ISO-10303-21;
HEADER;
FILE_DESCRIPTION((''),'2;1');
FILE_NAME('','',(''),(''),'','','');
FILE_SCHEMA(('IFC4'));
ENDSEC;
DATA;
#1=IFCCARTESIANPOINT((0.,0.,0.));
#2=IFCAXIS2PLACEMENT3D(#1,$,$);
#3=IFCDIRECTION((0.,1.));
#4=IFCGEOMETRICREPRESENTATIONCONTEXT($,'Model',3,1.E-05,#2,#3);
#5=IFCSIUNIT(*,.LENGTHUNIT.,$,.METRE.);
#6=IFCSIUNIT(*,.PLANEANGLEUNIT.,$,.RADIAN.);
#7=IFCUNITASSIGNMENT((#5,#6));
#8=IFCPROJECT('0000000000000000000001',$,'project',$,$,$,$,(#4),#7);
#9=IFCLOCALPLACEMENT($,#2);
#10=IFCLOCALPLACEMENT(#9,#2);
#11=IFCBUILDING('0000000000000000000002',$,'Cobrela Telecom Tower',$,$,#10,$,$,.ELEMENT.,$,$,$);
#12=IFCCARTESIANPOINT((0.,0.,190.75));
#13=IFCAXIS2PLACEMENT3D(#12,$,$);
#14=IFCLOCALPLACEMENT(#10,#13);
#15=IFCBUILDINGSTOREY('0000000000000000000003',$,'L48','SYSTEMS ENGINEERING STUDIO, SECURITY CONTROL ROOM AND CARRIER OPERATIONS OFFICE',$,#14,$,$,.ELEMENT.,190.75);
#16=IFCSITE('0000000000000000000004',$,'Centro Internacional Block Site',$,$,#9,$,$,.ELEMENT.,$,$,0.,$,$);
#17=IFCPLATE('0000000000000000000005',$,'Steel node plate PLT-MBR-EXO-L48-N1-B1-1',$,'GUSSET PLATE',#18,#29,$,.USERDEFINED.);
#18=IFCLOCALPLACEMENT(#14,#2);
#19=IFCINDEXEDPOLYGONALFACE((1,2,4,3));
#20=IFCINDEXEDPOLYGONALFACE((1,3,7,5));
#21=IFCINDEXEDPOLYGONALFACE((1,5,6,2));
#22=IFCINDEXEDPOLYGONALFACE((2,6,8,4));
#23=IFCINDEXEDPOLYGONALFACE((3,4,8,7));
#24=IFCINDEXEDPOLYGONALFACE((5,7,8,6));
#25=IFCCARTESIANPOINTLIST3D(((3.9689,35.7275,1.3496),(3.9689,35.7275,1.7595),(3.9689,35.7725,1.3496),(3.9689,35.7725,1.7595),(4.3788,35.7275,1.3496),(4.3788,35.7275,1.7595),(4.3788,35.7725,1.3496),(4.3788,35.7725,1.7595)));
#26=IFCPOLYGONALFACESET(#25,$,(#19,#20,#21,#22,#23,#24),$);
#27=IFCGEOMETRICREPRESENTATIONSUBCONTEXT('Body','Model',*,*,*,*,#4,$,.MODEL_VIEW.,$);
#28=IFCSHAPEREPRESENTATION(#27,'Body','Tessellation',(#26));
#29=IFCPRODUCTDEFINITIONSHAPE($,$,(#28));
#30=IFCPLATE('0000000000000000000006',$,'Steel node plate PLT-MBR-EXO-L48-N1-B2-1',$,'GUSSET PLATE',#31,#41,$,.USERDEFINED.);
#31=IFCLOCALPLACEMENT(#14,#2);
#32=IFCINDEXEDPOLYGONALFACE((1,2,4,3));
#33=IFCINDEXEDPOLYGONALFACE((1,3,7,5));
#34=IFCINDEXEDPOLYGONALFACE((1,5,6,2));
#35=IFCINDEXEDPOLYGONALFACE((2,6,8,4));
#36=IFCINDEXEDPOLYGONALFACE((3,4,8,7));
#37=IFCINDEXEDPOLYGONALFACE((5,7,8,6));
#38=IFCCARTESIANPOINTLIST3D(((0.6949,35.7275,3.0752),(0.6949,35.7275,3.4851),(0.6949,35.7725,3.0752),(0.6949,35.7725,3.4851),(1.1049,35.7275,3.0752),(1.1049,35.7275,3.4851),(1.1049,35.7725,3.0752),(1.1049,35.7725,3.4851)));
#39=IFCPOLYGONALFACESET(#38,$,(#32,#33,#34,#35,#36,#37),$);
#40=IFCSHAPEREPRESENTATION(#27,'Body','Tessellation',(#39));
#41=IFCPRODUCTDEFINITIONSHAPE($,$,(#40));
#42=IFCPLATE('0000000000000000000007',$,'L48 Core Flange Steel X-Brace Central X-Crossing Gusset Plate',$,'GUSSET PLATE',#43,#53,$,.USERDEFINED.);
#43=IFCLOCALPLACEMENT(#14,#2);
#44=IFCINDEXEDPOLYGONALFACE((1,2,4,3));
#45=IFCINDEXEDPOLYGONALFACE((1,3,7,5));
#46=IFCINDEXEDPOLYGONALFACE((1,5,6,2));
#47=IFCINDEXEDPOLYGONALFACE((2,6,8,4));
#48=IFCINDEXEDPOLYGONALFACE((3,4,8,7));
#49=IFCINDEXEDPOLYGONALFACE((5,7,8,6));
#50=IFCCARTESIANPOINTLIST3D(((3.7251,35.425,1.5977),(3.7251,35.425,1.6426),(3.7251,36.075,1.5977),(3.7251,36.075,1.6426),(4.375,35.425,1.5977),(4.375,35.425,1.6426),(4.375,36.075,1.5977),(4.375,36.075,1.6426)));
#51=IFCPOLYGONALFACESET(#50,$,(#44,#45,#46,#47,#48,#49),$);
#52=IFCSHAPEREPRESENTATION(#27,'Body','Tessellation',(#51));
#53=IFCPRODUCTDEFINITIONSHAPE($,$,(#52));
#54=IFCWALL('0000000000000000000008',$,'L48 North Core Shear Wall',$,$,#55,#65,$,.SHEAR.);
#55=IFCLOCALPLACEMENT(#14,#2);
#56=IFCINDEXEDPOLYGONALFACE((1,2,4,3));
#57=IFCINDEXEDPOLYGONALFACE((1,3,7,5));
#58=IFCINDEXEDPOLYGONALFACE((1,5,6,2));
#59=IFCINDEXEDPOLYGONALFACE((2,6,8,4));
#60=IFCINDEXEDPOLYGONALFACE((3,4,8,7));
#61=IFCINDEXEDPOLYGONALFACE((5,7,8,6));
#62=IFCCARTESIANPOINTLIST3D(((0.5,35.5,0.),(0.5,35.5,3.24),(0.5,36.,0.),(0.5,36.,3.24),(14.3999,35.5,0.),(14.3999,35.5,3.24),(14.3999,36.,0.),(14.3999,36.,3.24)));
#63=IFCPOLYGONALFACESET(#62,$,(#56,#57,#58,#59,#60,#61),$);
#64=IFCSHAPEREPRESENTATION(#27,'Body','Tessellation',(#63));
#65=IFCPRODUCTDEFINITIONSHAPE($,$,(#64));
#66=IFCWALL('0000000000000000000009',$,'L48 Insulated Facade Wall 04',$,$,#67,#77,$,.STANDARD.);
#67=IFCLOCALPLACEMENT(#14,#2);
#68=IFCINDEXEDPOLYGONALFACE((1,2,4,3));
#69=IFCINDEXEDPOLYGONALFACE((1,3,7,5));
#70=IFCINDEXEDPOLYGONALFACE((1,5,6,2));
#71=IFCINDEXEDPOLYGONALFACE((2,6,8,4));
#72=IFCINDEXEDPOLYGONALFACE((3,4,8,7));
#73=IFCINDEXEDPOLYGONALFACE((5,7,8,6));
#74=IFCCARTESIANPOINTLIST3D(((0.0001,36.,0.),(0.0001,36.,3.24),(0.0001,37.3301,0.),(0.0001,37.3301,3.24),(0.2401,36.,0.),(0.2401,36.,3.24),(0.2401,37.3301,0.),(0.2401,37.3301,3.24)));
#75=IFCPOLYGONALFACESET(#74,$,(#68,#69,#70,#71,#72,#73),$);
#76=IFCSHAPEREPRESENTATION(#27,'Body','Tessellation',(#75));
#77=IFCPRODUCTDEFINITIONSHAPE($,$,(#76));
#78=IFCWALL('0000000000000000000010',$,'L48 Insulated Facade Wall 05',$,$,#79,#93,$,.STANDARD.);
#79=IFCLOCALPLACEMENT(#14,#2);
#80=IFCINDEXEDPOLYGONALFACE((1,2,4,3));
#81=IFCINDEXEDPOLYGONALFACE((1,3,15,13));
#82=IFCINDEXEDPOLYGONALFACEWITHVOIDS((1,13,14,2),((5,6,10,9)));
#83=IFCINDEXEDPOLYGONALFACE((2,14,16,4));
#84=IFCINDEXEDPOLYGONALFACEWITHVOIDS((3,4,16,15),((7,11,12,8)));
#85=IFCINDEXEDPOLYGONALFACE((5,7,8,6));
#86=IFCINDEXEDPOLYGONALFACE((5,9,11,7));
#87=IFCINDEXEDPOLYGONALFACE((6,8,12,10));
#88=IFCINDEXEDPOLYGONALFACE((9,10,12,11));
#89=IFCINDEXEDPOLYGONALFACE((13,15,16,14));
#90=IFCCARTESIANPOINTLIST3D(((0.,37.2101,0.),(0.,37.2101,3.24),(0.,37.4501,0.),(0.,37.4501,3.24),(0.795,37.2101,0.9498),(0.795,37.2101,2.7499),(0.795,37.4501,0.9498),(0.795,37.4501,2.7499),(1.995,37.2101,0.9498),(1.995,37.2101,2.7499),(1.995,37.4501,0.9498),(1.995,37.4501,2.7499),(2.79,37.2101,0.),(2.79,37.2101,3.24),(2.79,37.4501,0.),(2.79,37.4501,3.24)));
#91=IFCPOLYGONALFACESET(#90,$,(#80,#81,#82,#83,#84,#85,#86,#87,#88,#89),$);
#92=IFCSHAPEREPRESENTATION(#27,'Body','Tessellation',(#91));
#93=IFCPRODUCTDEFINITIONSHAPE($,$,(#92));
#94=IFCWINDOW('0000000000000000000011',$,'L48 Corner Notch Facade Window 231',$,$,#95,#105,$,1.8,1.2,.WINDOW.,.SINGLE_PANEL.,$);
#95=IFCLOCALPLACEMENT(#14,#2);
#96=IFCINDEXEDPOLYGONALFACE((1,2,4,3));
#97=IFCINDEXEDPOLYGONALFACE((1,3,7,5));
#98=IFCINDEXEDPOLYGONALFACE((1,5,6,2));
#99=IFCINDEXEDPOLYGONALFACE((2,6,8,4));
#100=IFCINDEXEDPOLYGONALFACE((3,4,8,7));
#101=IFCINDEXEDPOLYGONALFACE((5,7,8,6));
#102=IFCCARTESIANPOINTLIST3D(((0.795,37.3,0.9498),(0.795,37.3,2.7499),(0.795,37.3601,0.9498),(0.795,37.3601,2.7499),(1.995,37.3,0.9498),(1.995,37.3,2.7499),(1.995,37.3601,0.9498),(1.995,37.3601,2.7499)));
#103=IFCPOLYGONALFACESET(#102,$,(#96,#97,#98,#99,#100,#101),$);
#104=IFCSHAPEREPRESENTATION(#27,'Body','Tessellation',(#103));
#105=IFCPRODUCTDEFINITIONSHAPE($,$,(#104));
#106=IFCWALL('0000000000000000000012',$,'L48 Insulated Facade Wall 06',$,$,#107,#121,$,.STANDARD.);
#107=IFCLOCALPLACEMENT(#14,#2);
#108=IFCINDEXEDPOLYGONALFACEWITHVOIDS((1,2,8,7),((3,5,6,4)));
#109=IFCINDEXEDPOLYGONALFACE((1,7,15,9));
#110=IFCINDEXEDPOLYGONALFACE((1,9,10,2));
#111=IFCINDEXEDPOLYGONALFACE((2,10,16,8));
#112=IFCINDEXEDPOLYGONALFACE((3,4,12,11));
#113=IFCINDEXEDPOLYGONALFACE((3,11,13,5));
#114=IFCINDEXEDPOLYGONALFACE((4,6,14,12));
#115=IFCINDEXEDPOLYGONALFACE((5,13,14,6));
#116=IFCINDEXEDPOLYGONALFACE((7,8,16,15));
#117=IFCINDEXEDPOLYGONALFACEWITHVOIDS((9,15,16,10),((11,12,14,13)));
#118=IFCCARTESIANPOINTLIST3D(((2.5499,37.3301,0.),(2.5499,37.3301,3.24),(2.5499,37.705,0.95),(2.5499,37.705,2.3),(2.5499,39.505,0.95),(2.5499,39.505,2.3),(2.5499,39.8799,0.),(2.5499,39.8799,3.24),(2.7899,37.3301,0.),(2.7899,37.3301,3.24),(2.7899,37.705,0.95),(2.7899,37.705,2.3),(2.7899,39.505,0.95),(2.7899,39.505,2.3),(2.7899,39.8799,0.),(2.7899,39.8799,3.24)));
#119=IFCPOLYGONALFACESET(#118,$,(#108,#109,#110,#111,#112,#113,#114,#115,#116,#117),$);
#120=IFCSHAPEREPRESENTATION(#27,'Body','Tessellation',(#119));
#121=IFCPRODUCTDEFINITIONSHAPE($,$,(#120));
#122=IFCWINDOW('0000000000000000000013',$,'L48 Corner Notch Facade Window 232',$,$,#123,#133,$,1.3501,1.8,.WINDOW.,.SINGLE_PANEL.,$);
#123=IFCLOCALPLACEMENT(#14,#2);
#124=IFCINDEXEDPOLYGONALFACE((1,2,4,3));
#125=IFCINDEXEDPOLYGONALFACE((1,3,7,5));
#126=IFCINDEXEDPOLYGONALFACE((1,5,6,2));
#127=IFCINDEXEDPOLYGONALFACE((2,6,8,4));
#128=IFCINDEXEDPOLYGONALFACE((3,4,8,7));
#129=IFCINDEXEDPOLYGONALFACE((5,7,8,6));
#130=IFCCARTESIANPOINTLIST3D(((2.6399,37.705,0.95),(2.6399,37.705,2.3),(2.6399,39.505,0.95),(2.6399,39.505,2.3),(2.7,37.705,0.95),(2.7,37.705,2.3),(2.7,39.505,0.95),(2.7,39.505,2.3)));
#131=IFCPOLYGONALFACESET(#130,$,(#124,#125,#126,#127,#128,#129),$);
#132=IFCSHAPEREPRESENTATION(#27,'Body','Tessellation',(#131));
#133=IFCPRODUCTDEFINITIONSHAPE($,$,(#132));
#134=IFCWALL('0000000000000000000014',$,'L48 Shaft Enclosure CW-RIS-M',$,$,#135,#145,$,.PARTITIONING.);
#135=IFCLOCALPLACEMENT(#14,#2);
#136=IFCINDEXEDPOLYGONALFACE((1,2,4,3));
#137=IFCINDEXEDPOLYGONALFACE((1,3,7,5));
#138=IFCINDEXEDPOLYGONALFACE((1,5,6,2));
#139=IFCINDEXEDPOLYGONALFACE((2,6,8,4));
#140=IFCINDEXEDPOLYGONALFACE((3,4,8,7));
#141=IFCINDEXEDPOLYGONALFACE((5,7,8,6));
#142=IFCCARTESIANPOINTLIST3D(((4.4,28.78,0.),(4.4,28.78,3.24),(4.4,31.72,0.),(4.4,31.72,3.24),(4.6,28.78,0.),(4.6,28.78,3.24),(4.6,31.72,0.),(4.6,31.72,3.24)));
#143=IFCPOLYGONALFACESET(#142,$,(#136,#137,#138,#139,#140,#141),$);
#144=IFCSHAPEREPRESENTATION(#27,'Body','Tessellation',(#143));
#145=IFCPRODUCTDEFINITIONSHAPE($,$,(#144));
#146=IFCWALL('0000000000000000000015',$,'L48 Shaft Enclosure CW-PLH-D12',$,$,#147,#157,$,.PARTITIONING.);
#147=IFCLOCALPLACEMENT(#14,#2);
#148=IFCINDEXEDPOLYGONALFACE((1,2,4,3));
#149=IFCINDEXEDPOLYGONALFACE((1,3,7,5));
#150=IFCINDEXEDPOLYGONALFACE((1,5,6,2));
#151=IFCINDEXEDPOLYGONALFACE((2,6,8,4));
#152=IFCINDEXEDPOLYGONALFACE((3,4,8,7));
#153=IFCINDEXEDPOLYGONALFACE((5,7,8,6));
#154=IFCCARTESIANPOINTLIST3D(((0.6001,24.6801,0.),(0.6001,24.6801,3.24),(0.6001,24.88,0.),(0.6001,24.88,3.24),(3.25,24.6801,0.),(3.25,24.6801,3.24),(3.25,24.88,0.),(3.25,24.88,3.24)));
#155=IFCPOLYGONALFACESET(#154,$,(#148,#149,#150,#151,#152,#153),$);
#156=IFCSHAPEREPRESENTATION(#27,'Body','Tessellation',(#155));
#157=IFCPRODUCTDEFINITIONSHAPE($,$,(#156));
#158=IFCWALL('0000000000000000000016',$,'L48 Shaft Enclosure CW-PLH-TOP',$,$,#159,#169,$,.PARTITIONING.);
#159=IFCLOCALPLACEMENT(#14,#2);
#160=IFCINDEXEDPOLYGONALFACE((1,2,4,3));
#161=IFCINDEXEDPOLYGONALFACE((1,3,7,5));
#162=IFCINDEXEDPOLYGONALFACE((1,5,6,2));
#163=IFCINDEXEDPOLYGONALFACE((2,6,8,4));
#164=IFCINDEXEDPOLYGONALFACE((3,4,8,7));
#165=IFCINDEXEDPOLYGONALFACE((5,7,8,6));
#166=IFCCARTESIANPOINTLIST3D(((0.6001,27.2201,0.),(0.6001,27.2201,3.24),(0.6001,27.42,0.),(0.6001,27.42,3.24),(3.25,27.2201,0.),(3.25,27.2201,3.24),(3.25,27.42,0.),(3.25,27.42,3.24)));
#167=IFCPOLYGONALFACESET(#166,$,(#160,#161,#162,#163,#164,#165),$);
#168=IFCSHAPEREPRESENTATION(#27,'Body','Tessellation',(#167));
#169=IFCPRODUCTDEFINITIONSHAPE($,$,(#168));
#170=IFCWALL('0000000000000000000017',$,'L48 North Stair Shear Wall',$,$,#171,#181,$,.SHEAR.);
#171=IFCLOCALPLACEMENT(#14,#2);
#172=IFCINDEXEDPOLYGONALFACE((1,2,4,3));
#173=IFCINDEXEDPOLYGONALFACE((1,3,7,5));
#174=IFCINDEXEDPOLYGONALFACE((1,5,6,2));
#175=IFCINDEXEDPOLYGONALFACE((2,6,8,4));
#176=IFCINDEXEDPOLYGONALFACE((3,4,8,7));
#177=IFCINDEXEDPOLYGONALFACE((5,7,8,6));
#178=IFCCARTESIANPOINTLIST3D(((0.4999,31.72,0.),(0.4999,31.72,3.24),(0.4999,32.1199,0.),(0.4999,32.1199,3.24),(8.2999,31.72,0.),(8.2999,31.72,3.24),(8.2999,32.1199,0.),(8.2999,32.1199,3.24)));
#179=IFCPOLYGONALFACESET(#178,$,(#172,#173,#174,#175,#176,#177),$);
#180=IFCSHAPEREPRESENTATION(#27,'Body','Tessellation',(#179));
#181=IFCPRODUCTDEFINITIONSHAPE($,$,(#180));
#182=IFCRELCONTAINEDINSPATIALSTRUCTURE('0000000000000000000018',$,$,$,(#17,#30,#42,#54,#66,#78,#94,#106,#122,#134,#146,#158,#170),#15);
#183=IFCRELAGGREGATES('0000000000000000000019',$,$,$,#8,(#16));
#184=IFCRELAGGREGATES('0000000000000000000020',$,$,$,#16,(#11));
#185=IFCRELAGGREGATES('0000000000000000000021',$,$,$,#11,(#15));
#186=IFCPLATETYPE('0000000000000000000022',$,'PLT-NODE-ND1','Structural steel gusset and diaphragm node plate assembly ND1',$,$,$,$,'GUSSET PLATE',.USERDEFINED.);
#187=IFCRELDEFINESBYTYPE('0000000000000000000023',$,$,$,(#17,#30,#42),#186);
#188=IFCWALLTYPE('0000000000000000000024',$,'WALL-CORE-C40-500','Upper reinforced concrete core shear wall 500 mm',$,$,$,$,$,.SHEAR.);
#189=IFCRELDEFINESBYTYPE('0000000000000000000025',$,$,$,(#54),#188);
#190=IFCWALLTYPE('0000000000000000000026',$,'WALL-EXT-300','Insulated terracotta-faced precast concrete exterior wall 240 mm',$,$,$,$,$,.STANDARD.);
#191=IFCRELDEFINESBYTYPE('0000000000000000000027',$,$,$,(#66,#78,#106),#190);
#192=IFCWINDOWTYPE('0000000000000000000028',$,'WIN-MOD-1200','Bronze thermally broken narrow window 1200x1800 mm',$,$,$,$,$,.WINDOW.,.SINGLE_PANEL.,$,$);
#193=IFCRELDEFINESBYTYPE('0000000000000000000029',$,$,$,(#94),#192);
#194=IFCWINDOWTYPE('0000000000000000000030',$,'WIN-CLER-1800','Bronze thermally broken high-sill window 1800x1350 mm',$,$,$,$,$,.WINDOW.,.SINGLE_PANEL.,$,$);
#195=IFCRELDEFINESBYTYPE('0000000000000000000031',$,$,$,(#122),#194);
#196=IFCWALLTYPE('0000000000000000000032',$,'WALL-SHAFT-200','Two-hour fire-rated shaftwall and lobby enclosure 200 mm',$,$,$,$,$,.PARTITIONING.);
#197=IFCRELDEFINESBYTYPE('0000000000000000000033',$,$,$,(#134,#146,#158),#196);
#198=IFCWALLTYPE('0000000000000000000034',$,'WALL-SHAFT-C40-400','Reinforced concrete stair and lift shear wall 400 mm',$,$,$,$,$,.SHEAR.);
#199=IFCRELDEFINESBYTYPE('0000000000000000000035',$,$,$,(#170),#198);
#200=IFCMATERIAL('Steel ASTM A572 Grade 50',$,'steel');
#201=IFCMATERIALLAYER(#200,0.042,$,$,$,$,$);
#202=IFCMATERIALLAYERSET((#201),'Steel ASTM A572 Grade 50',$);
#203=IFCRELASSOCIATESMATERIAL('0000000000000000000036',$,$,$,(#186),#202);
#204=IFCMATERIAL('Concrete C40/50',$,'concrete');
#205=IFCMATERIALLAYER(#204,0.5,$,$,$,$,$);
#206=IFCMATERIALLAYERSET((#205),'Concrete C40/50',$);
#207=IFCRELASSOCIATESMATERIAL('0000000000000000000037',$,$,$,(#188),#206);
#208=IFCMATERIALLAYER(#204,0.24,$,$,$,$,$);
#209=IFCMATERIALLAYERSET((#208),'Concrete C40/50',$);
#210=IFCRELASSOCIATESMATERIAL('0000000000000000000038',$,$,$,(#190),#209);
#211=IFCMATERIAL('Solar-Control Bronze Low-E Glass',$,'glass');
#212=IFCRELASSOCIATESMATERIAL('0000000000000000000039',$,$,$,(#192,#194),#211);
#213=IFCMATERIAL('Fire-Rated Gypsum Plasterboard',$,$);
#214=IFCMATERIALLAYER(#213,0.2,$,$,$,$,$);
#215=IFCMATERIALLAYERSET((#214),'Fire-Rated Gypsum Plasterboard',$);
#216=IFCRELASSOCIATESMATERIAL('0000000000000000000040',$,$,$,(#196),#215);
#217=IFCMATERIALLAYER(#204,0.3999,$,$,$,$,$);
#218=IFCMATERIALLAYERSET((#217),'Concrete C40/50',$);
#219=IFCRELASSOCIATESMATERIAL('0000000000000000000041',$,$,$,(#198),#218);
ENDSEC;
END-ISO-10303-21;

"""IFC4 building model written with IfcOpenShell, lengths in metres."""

from ifc_helpers import new_model, si_unit, direction, frame, frame_2d, origin, origin_2d, place, context, subcontext, project, spatial, rectangle, extrude, material, layer, layer_set, type_object, element, fill, save


model = new_model("IFC4")

# Units and contexts
model_context = context("Model", 3, precision=1e-05, world=origin(), true_north=direction((0.0, 1.0)))
body_context = subcontext(model_context, "Body", "Model", "MODEL_VIEW")
ifc_project = project(units=[si_unit("LENGTHUNIT", "METRE"), si_unit("PLANEANGLEUNIT", "RADIAN")], contexts=[model_context])

# Site, building, storey
site_placement = place(None, origin())
site = spatial("IfcSite", under=ifc_project, at=site_placement, Name="Centro Internacional Block Site", CompositionType="ELEMENT", RefElevation=0.0)
building_placement = place(site_placement, origin())
building = spatial("IfcBuilding", under=site, at=building_placement, Name="Cobrela Telecom Tower", CompositionType="ELEMENT")
storey_placement = place(building_placement, frame((0.0, 0.0, 190.75)))
storey = spatial("IfcBuildingStorey", under=building, at=storey_placement, Name="L48", Description="SYSTEMS ENGINEERING STUDIO, SECURITY CONTROL ROOM AND CARRIER OPERATIONS OFFICE", CompositionType="ELEMENT", Elevation=190.75)

# Shared definitions
ifc_material_1 = material(Name="Steel ASTM A572 Grade 50", Category="steel")

# Shared definitions
ifc_material_2 = material(Name="Solar-Control Bronze Low-E Glass", Category="glass")

# Plates
ifc_layer_1 = layer(ifc_material_1, 0.042)
ifc_layer_set_1 = layer_set([ifc_layer_1], Name="Steel ASTM A572 Grade 50")
plate_type_1 = type_object("IfcPlateType", Name="PLT-NODE-ND1", Description="Structural steel gusset and diaphragm node plate assembly ND1", ElementType="GUSSET PLATE", PredefinedType="USERDEFINED", material=ifc_layer_set_1)
for number, where, z_axis, x_axis, name in (
    (1, (4.1738, 35.75, 1.3496), (0.0, 0.0, 1.0), (-1.0, 0.0, 0.0), "Steel node plate PLT-MBR-EXO-L48-N1-B1-1"),
    (2, (0.8999, 35.75, 3.0752), (0.0, 0.0, 1.0), (-1.0, 0.0, 0.0), "Steel node plate PLT-MBR-EXO-L48-N1-B2-1"),
):
    element("IfcPlate", number, at=place(storey_placement, frame(where, z_axis=z_axis, x_axis=x_axis)), inside=storey, type_object=plate_type_1, Name=name, ObjectType="GUSSET PLATE", PredefinedType="USERDEFINED", context=body_context, shape_type="SweptSolid", body=[
        extrude(rectangle(XDim=0.4099, YDim=0.0449, at=origin_2d()), origin(), (0.0, 0.0, 1.0), 0.4099),
    ])
plate_1_placement = place(storey_placement, frame((4.05, 35.75, 1.5977), z_axis=(0.0, 0.0, 1.0), x_axis=(1.0, 0.0, 0.0)))
element("IfcPlate", 3, at=plate_1_placement, inside=storey, type_object=plate_type_1, Name="L48 Core Flange Steel X-Brace Central X-Crossing Gusset Plate", ObjectType="GUSSET PLATE", PredefinedType="USERDEFINED", context=body_context, shape_type="SweptSolid", body=[
    extrude(rectangle(XDim=0.6499, YDim=0.6499, at=origin_2d()), origin(), (0.0, 0.0, 1.0), 0.0449),
])

# Walls
ifc_material_3 = material(Name="Concrete C40/50", Category="concrete")
ifc_layer_2 = layer(ifc_material_3, 0.5)
ifc_layer_set_2 = layer_set([ifc_layer_2], Name="Concrete C40/50")
wall_type_1 = type_object("IfcWallType", Name="WALL-CORE-C40-500", Description="Upper reinforced concrete core shear wall 500 mm", PredefinedType="SHEAR", material=ifc_layer_set_2)
wall_1_placement = place(storey_placement, frame((0.5, 35.75, 0.0), z_axis=(0.0, 0.0, 1.0), x_axis=(1.0, 0.0, 0.0)))
element("IfcWall", 4, at=wall_1_placement, inside=storey, type_object=wall_type_1, Name="L48 North Core Shear Wall", PredefinedType="SHEAR", context=body_context, shape_type="SweptSolid", body=[
    extrude(rectangle(XDim=13.8999, YDim=0.5, at=frame_2d((6.95, 0.0))), origin(), (0.0, 0.0, 1.0), 3.24),
])
ifc_layer_3 = layer(ifc_material_3, 0.24)
ifc_layer_set_3 = layer_set([ifc_layer_3], Name="Concrete C40/50")
wall_type_2 = type_object("IfcWallType", Name="WALL-EXT-300", Description="Insulated terracotta-faced precast concrete exterior wall 240 mm", PredefinedType="STANDARD", material=ifc_layer_set_3)
wall_2_placement = place(storey_placement, frame((0.1201, 36.0, 0.0), z_axis=(0.0, 0.0, 1.0), x_axis=(0.0, 1.0, 0.0)))
element("IfcWall", 5, at=wall_2_placement, inside=storey, type_object=wall_type_2, Name="L48 Insulated Facade Wall 04", PredefinedType="STANDARD", context=body_context, shape_type="SweptSolid", body=[
    extrude(rectangle(XDim=1.3301, YDim=0.24, at=frame_2d((0.665, 0.0))), origin(), (0.0, 0.0, 1.0), 3.24),
])

# Walls, openings, windows
wall_3_placement = place(storey_placement, frame((0.0, 37.3301, 0.0), z_axis=(0.0, 0.0, 1.0), x_axis=(1.0, 0.0, 0.0)))
wall_3 = element("IfcWall", 6, at=wall_3_placement, inside=storey, type_object=wall_type_2, Name="L48 Insulated Facade Wall 05", PredefinedType="STANDARD", context=body_context, shape_type="SweptSolid", body=[
    extrude(rectangle(XDim=2.79, YDim=0.24, at=frame_2d((1.395, 0.0))), origin(), (0.0, 0.0, 1.0), 3.24),
])
opening_1_placement = place(wall_3_placement, frame((0.7949, 0.0, 0.95)))
opening_1 = element("IfcOpeningElement", 7, at=opening_1_placement, cuts=wall_3, PredefinedType="OPENING", context=body_context, shape_type="SweptSolid", body=[
    extrude(rectangle(XDim=1.2, YDim=1.8, at=frame_2d((0.6001, 0.8999))), frame((0.0, 0.1318, 0.0), z_axis=(0.0, -1.0, 0.0), x_axis=(1.0, 0.0, 0.0)), (0.0, 0.0, 1.0), 0.2639),
])
window_type_1 = type_object("IfcWindowType", Name="WIN-MOD-1200", Description="Bronze thermally broken narrow window 1200x1800 mm", PartitioningType="SINGLE_PANEL", PredefinedType="WINDOW", material=ifc_material_2)
window_1_placement = place(opening_1_placement, origin())
window_1 = element("IfcWindow", 8, at=window_1_placement, inside=storey, type_object=window_type_1, Name="L48 Corner Notch Facade Window 231", OverallHeight=1.8, OverallWidth=1.2, PartitioningType="SINGLE_PANEL", PredefinedType="WINDOW", context=body_context, shape_type="SweptSolid", body=[
    extrude(rectangle(XDim=1.2, YDim=1.8, at=frame_2d((0.6001, 0.8999))), frame((0.0, 0.03, 0.0), z_axis=(0.0, -1.0, 0.0), x_axis=(1.0, 0.0, 0.0)), (0.0, 0.0, 1.0), 0.0601),
])
fill(opening_1, window_1)
wall_4_placement = place(storey_placement, frame((2.6699, 37.3301, 0.0), z_axis=(0.0, 0.0, 1.0), x_axis=(0.0, 1.0, 0.0)))
wall_4 = element("IfcWall", 9, at=wall_4_placement, inside=storey, type_object=wall_type_2, Name="L48 Insulated Facade Wall 06", PredefinedType="STANDARD", context=body_context, shape_type="SweptSolid", body=[
    extrude(rectangle(XDim=2.5498, YDim=0.24, at=frame_2d((1.2749, 0.0))), origin(), (0.0, 0.0, 1.0), 3.24),
])
opening_2_placement = place(wall_4_placement, frame((0.375, 0.0, 0.95)))
opening_2 = element("IfcOpeningElement", 10, at=opening_2_placement, cuts=wall_4, PredefinedType="OPENING", context=body_context, shape_type="SweptSolid", body=[
    extrude(rectangle(XDim=1.8, YDim=1.3501, at=frame_2d((0.8999, 0.675))), frame((0.0, 0.1318, 0.0), z_axis=(0.0, -1.0, 0.0), x_axis=(1.0, 0.0, 0.0)), (0.0, 0.0, 1.0), 0.2639),
])
window_type_2 = type_object("IfcWindowType", Name="WIN-CLER-1800", Description="Bronze thermally broken high-sill window 1800x1350 mm", PartitioningType="SINGLE_PANEL", PredefinedType="WINDOW", material=ifc_material_2)
window_2_placement = place(opening_2_placement, origin())
window_2 = element("IfcWindow", 11, at=window_2_placement, inside=storey, type_object=window_type_2, Name="L48 Corner Notch Facade Window 232", OverallHeight=1.3501, OverallWidth=1.8, PartitioningType="SINGLE_PANEL", PredefinedType="WINDOW", context=body_context, shape_type="SweptSolid", body=[
    extrude(rectangle(XDim=1.8, YDim=1.3501, at=frame_2d((0.8999, 0.675))), frame((0.0, 0.03, 0.0), z_axis=(0.0, -1.0, 0.0), x_axis=(1.0, 0.0, 0.0)), (0.0, 0.0, 1.0), 0.0601),
])
fill(opening_2, window_2)

# Shared definitions
ifc_material_4 = material(Name="Fire-Rated Gypsum Plasterboard")
ifc_layer_4 = layer(ifc_material_4, 0.2)
ifc_layer_set_4 = layer_set([ifc_layer_4], Name="Fire-Rated Gypsum Plasterboard")
wall_type_3 = type_object("IfcWallType", Name="WALL-SHAFT-200", Description="Two-hour fire-rated shaftwall and lobby enclosure 200 mm", PredefinedType="PARTITIONING", material=ifc_layer_set_4)

# Walls
wall_5_placement = place(storey_placement, frame((4.5, 28.78, 0.0), z_axis=(0.0, 0.0, 1.0), x_axis=(0.0, 1.0, 0.0)))
element("IfcWall", 12, at=wall_5_placement, inside=storey, type_object=wall_type_3, Name="L48 Shaft Enclosure CW-RIS-M", PredefinedType="PARTITIONING", context=body_context, shape_type="SweptSolid", body=[
    extrude(rectangle(XDim=2.9399, YDim=0.2, at=frame_2d((1.47, 0.0))), origin(), (0.0, 0.0, 1.0), 3.24),
])
for number, where, z_axis, x_axis, name in (
    (13, (0.6001, 24.78, 0.0), (0.0, 0.0, 1.0), (1.0, 0.0, 0.0), "L48 Shaft Enclosure CW-PLH-D12"),
    (14, (0.6001, 27.3201, 0.0), (0.0, 0.0, 1.0), (1.0, 0.0, 0.0), "L48 Shaft Enclosure CW-PLH-TOP"),
):
    element("IfcWall", number, at=place(storey_placement, frame(where, z_axis=z_axis, x_axis=x_axis)), inside=storey, type_object=wall_type_3, Name=name, PredefinedType="PARTITIONING", context=body_context, shape_type="SweptSolid", body=[
        extrude(rectangle(XDim=2.6499, YDim=0.2, at=frame_2d((1.325, 0.0))), origin(), (0.0, 0.0, 1.0), 3.24),
    ])
ifc_layer_5 = layer(ifc_material_3, 0.3999)
ifc_layer_set_5 = layer_set([ifc_layer_5], Name="Concrete C40/50")
wall_type_4 = type_object("IfcWallType", Name="WALL-SHAFT-C40-400", Description="Reinforced concrete stair and lift shear wall 400 mm", PredefinedType="SHEAR", material=ifc_layer_set_5)
wall_6_placement = place(storey_placement, frame((0.5, 31.9199, 0.0), z_axis=(0.0, 0.0, 1.0), x_axis=(1.0, 0.0, 0.0)))
element("IfcWall", 15, at=wall_6_placement, inside=storey, type_object=wall_type_4, Name="L48 North Stair Shear Wall", PredefinedType="SHEAR", context=body_context, shape_type="SweptSolid", body=[
    extrude(rectangle(XDim=7.8, YDim=0.3999, at=frame_2d((3.8999, 0.0))), origin(), (0.0, 0.0, 1.0), 3.24),
])

save(model, "model.ifc")
